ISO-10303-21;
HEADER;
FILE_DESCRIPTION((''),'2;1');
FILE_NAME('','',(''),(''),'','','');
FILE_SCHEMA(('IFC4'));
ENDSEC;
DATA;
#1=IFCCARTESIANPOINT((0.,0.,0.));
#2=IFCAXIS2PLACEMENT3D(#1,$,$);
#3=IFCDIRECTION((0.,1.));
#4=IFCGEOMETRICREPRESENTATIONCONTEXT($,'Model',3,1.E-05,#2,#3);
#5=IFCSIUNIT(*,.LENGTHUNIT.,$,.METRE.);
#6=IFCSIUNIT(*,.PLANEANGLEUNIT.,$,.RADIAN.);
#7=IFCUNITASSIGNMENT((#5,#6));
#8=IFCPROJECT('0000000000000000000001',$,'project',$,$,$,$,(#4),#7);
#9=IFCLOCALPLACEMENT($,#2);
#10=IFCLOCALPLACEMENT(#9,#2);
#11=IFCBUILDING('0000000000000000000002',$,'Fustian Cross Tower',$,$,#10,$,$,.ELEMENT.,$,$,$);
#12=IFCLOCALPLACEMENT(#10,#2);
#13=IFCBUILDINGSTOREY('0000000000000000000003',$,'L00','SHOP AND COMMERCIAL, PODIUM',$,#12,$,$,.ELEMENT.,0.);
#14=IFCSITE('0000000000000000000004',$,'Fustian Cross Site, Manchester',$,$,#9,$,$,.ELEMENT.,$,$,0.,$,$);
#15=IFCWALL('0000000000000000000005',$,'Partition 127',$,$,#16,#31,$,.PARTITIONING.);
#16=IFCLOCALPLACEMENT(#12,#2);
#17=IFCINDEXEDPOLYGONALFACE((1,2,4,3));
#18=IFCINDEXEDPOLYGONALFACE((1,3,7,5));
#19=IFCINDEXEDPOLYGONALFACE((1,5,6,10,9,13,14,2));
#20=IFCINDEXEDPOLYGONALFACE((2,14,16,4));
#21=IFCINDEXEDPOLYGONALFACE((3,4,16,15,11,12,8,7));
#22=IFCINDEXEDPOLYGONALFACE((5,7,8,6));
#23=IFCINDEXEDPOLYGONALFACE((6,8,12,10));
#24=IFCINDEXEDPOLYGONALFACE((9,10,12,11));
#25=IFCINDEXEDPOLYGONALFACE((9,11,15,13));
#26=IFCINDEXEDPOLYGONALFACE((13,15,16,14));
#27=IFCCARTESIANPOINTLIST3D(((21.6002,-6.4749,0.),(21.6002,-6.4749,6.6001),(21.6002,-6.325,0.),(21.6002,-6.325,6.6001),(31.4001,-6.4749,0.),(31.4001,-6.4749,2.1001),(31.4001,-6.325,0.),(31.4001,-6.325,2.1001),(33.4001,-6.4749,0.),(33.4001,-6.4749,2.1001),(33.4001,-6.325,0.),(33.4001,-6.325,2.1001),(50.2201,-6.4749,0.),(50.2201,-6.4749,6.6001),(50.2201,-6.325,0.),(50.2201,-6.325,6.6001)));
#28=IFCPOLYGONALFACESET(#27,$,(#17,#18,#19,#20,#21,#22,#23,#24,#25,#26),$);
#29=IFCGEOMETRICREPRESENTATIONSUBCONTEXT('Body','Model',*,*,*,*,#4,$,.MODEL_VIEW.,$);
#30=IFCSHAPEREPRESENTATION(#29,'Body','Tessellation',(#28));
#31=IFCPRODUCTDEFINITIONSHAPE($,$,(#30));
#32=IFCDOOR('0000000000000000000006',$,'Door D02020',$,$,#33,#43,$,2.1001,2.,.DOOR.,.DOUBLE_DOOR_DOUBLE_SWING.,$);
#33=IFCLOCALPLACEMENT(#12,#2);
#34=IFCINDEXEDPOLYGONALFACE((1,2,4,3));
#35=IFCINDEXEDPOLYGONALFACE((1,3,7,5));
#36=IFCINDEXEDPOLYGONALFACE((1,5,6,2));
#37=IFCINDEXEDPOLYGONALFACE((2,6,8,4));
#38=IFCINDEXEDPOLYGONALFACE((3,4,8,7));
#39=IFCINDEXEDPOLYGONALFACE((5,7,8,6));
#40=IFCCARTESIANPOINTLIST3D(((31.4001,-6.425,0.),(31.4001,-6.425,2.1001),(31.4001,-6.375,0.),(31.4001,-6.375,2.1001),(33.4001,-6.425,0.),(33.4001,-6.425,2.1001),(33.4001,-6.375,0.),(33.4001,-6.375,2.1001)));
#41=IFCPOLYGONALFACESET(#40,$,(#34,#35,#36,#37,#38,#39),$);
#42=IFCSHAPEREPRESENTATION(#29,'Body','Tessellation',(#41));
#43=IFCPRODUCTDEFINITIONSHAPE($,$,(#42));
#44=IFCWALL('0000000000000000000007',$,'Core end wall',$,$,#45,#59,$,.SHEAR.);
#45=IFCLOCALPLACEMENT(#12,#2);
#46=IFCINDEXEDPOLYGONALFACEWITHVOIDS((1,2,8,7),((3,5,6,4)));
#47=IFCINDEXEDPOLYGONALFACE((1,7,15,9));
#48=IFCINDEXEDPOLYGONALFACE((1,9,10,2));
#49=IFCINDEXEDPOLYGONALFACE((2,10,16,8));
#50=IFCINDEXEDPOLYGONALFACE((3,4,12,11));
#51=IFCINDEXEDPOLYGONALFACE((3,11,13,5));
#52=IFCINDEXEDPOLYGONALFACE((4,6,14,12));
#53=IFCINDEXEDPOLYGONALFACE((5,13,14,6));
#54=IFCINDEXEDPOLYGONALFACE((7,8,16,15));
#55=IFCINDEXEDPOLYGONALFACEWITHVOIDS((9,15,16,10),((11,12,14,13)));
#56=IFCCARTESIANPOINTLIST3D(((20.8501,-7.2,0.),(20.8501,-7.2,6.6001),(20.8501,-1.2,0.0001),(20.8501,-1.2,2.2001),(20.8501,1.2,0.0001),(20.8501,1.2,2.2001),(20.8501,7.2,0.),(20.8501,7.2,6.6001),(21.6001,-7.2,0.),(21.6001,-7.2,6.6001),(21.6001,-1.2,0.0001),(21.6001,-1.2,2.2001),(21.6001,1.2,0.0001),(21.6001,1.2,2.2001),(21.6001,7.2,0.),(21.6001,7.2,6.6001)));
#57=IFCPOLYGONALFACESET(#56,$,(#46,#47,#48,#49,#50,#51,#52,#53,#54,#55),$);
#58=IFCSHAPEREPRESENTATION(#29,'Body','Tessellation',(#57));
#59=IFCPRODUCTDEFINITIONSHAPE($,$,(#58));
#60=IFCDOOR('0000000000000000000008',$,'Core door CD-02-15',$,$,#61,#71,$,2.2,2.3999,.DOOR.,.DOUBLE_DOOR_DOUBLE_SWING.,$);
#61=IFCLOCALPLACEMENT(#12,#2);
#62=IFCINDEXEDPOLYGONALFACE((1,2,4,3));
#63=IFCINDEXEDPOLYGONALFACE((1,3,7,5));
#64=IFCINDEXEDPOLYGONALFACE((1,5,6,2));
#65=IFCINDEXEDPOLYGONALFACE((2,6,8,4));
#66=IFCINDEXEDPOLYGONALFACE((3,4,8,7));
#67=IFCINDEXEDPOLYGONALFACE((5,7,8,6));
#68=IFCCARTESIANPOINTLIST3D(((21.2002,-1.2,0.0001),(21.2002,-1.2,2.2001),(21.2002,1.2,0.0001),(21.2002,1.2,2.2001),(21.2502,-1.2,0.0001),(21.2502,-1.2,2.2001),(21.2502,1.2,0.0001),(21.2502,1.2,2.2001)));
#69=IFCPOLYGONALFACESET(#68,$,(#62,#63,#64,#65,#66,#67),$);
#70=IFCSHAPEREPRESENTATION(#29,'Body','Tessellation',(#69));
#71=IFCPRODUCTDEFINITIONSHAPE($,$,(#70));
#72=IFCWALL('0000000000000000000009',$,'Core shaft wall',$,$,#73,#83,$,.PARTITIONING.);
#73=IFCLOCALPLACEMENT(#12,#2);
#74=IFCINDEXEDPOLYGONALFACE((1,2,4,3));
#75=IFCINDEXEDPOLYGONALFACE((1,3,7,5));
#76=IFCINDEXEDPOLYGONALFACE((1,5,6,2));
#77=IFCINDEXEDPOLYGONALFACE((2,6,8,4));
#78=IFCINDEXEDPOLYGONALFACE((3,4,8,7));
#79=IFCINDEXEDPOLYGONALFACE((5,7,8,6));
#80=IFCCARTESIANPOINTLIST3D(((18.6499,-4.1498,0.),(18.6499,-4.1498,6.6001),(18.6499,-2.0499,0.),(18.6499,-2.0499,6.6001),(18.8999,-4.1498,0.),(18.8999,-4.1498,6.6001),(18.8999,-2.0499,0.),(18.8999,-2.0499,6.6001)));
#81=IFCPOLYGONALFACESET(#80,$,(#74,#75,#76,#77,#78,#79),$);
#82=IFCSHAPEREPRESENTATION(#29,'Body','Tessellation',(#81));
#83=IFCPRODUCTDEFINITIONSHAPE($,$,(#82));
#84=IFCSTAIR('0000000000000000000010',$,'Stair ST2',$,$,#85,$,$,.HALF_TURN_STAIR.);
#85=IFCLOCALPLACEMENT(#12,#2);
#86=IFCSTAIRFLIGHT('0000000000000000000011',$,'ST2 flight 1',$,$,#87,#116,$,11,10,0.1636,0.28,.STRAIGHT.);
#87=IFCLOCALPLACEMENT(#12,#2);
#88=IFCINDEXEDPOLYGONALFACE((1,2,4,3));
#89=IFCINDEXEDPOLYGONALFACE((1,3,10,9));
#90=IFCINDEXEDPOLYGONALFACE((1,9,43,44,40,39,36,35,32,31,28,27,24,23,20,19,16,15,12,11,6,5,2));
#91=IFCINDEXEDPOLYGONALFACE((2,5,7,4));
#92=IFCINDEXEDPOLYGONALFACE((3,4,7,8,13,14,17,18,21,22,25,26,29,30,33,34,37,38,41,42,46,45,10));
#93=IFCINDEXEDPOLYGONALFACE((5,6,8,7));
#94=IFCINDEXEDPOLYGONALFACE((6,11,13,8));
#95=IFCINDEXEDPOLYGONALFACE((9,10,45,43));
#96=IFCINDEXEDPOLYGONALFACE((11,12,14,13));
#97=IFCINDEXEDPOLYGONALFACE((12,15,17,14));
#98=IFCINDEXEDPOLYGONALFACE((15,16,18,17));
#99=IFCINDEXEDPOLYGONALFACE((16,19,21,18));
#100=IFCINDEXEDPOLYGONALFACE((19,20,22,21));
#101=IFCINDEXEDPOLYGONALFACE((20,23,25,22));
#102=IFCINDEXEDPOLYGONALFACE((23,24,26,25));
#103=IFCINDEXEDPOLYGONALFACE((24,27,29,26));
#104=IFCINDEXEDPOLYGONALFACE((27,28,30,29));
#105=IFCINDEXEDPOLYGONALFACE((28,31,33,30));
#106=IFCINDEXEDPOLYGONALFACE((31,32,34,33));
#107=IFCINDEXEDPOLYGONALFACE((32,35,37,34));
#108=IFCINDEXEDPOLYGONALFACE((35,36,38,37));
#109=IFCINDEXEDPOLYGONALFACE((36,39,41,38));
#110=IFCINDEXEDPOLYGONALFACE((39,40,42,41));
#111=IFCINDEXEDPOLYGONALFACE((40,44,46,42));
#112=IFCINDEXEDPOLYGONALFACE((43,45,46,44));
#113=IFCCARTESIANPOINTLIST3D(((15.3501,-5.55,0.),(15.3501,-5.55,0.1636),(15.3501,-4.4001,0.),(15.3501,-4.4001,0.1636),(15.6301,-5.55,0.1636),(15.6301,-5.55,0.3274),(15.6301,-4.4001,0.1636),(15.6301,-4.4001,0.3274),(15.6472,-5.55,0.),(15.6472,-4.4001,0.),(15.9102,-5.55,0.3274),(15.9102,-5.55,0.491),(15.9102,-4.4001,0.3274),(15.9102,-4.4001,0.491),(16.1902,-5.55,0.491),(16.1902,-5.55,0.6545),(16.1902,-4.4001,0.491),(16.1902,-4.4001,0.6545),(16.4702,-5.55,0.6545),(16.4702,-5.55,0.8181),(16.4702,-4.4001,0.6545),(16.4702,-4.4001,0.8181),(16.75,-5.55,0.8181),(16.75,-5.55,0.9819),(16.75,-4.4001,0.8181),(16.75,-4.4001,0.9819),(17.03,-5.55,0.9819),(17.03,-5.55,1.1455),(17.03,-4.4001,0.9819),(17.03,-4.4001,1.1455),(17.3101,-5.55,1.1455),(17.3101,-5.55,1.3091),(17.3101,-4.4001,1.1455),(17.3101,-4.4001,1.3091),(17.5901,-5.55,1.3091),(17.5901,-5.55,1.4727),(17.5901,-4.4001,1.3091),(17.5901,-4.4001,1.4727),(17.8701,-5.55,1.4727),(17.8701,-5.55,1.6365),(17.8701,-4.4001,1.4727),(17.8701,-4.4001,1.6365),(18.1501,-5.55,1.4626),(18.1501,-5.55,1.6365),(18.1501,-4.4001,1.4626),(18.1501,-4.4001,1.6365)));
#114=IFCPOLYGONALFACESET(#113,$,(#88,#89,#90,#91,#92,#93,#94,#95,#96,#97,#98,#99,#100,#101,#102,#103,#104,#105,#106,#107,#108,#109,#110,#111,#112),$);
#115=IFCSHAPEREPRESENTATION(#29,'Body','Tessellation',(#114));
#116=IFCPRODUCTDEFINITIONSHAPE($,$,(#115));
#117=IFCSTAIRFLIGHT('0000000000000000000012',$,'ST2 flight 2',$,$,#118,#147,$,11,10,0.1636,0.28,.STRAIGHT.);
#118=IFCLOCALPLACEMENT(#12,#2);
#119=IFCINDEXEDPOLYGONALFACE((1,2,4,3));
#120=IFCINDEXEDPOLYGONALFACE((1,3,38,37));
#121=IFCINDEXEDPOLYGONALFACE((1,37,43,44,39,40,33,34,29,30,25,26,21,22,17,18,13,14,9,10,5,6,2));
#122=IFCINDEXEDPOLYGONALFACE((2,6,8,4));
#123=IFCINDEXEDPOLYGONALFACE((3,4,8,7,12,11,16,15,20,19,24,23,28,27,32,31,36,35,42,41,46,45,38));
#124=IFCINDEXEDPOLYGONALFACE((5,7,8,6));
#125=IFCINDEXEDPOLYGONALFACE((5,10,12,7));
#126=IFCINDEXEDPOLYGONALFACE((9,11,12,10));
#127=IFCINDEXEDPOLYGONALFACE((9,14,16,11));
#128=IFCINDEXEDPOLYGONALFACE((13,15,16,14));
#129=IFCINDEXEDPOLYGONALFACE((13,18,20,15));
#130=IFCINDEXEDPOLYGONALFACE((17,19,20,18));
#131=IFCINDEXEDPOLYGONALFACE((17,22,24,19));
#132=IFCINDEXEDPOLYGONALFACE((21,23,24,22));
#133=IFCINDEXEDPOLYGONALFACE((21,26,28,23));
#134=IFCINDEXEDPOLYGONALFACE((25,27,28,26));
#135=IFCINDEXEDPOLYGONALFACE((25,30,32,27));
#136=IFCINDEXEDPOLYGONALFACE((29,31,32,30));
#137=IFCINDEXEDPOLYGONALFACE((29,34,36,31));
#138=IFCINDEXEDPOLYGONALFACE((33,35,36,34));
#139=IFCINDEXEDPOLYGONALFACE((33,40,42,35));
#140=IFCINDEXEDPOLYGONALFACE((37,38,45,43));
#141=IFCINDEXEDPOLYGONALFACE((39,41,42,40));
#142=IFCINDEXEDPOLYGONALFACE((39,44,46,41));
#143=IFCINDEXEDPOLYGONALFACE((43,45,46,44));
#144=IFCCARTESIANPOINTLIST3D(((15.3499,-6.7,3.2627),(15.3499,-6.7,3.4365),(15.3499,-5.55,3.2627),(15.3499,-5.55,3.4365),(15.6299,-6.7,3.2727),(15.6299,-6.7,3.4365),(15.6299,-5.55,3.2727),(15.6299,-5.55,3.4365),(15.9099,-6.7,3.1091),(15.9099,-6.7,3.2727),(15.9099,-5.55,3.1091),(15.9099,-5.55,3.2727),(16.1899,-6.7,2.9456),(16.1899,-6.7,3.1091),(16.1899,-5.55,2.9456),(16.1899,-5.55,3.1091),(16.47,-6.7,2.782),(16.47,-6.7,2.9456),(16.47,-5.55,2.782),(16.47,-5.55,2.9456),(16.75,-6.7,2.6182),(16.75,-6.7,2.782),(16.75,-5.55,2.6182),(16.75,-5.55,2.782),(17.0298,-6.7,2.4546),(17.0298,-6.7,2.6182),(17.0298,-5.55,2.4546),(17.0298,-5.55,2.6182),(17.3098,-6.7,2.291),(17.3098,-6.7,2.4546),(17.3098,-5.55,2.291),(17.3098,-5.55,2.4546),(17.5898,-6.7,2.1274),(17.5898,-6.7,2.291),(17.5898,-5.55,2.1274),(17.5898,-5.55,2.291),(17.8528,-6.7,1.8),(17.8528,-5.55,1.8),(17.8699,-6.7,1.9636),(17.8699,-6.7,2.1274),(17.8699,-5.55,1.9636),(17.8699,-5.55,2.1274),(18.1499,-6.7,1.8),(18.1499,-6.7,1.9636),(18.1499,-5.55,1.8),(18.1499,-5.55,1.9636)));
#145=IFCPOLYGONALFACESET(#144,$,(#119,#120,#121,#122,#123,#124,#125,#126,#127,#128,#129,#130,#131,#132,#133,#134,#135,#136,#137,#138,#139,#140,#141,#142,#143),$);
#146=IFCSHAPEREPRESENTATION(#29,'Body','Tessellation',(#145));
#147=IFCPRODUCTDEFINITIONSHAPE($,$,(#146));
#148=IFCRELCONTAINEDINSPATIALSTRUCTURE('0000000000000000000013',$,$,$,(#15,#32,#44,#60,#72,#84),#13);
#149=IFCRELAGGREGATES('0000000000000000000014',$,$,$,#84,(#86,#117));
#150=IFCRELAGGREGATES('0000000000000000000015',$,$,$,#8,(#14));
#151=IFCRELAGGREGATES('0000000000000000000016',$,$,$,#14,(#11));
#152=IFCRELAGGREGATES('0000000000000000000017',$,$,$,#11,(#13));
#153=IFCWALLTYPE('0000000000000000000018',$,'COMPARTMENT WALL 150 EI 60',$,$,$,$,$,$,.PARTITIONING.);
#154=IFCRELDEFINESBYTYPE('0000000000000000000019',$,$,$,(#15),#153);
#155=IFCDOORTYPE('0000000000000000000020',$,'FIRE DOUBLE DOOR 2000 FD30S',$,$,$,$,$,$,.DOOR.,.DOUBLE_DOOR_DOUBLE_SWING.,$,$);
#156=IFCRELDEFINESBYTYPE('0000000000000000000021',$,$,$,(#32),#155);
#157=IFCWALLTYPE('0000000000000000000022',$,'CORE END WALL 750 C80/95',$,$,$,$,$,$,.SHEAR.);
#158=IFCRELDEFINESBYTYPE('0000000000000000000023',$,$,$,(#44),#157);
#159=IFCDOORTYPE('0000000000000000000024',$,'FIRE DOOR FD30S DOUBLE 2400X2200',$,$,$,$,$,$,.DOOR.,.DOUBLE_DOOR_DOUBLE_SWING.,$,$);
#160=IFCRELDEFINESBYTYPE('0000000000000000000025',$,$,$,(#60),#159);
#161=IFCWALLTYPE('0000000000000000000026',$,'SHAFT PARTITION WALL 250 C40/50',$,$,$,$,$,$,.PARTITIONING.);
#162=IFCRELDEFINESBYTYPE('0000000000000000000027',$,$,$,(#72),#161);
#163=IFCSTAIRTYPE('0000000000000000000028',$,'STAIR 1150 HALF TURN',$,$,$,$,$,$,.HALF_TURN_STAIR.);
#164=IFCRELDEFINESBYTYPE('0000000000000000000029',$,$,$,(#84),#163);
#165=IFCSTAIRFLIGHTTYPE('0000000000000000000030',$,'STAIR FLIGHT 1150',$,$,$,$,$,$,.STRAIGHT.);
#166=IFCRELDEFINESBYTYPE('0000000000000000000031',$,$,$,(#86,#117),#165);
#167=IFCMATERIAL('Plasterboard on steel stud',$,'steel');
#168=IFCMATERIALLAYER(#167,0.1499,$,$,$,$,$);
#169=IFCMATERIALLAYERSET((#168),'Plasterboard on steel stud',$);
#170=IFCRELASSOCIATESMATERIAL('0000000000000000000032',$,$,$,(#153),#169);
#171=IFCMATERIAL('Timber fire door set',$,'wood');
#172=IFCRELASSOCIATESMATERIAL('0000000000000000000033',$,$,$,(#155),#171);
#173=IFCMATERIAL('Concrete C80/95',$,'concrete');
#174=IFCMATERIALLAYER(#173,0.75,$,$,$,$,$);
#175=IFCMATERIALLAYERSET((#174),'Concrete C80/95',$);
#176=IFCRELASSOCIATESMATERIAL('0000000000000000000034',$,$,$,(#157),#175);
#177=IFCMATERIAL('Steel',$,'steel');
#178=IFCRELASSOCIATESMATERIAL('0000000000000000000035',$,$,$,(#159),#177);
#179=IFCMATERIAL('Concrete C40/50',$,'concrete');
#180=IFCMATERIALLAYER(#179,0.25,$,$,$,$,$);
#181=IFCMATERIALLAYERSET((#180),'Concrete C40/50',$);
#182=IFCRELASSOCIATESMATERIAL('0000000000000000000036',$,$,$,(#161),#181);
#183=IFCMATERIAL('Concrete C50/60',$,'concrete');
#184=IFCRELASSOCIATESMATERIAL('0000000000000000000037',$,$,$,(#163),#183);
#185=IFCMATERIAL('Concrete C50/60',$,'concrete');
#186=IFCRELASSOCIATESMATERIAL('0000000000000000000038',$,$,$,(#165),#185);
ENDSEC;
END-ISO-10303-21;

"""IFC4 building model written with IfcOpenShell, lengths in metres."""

from ifc_helpers import new_model, si_unit, direction, frame, frame_2d, origin, place, context, subcontext, project, spatial, polyline, rectangle, outline, extrude, material, layer, layer_set, type_object, element, fill, aggregate, save


model = new_model("IFC4")

# Units and contexts
model_context = context("Model", 3, precision=1e-05, world=origin(), true_north=direction((0.0, 1.0)))
body_context = subcontext(model_context, "Body", "Model", "MODEL_VIEW")
ifc_project = project(units=[si_unit("LENGTHUNIT", "METRE"), si_unit("PLANEANGLEUNIT", "RADIAN")], contexts=[model_context])

# Site, building, storey
site_placement = place(None, origin())
site = spatial("IfcSite", under=ifc_project, at=site_placement, Name="Fustian Cross Site, Manchester", CompositionType="ELEMENT", RefElevation=0.0)
building_placement = place(site_placement, origin())
building = spatial("IfcBuilding", under=site, at=building_placement, Name="Fustian Cross Tower", CompositionType="ELEMENT")
storey_placement = place(building_placement, origin())
storey = spatial("IfcBuildingStorey", under=building, at=storey_placement, Name="L00", Description="SHOP AND COMMERCIAL, PODIUM", CompositionType="ELEMENT", Elevation=0.0)

# Walls, openings, doors
ifc_material_1 = material(Name="Plasterboard on steel stud", Category="steel")
ifc_layer_1 = layer(ifc_material_1, 0.1499)
ifc_layer_set_1 = layer_set([ifc_layer_1], Name="Plasterboard on steel stud")
wall_type_1 = type_object("IfcWallType", Name="COMPARTMENT WALL 150 EI 60", PredefinedType="PARTITIONING", material=ifc_layer_set_1)
wall_1_placement = place(storey_placement, frame((21.6001, -6.3999, 0.0), z_axis=(0.0, 0.0, 1.0), x_axis=(1.0, 0.0, 0.0)))
wall_1 = element("IfcWall", 1, at=wall_1_placement, inside=storey, type_object=wall_type_1, Name="Partition 127", PredefinedType="PARTITIONING", context=body_context, shape_type="SweptSolid", body=[
    extrude(rectangle(XDim=28.6199, YDim=0.1499, at=frame_2d((14.3101, 0.0))), origin(), (0.0, 0.0, 1.0), 6.6001),
])
opening_1_placement = place(wall_1_placement, frame((9.8, 0.0, 0.0)))
opening_1 = element("IfcOpeningElement", 2, at=opening_1_placement, cuts=wall_1, PredefinedType="OPENING", context=body_context, shape_type="SweptSolid", body=[
    extrude(rectangle(XDim=2.0, YDim=2.1001, at=frame_2d((1.0, 1.05))), frame((0.0, 0.085, 0.0), z_axis=(0.0, -1.0, 0.0), x_axis=(1.0, 0.0, 0.0)), (0.0, 0.0, 1.0), 0.1699),
])
ifc_material_2 = material(Name="Timber fire door set", Category="wood")
door_type_1 = type_object("IfcDoorType", Name="FIRE DOUBLE DOOR 2000 FD30S", OperationType="DOUBLE_DOOR_DOUBLE_SWING", PredefinedType="DOOR", material=ifc_material_2)
door_1_placement = place(opening_1_placement, origin())
door_1 = element("IfcDoor", 3, at=door_1_placement, inside=storey, type_object=door_type_1, Name="Door D02020", OperationType="DOUBLE_DOOR_DOUBLE_SWING", OverallHeight=2.1001, OverallWidth=2.0, PredefinedType="DOOR", context=body_context, shape_type="SweptSolid", body=[
    extrude(rectangle(XDim=2.0, YDim=2.1001, at=frame_2d((1.0, 1.05))), frame((0.0, 0.0249, 0.0), z_axis=(0.0, -1.0, 0.0), x_axis=(1.0, 0.0, 0.0)), (0.0, 0.0, 1.0), 0.05),
])
fill(opening_1, door_1)
ifc_material_3 = material(Name="Concrete C80/95", Category="concrete")
ifc_layer_2 = layer(ifc_material_3, 0.75)
ifc_layer_set_2 = layer_set([ifc_layer_2], Name="Concrete C80/95")
wall_type_2 = type_object("IfcWallType", Name="CORE END WALL 750 C80/95", PredefinedType="SHEAR", material=ifc_layer_set_2)
wall_2_placement = place(storey_placement, frame((21.2251, -7.2, 0.0), z_axis=(0.0, 0.0, 1.0), x_axis=(0.0, 1.0, 0.0)))
wall_2 = element("IfcWall", 4, at=wall_2_placement, inside=storey, type_object=wall_type_2, Name="Core end wall", PredefinedType="SHEAR", context=body_context, shape_type="SweptSolid", body=[
    extrude(rectangle(XDim=14.3999, YDim=0.75, at=frame_2d((7.2, 0.0))), origin(), (0.0, 0.0, 1.0), 6.6001),
])
opening_2_placement = place(wall_2_placement, frame((6.0, 0.0, 0.0)))
opening_2 = element("IfcOpeningElement", 5, at=opening_2_placement, cuts=wall_2, PredefinedType="OPENING", context=body_context, shape_type="SweptSolid", body=[
    extrude(rectangle(XDim=2.3999, YDim=2.2, at=frame_2d((1.2, 1.1001))), frame((0.0, 0.385, 0.0), z_axis=(0.0, -1.0, 0.0), x_axis=(1.0, 0.0, 0.0)), (0.0, 0.0, 1.0), 0.77),
])
ifc_material_4 = material(Name="Steel", Category="steel")
door_type_2 = type_object("IfcDoorType", Name="FIRE DOOR FD30S DOUBLE 2400X2200", OperationType="DOUBLE_DOOR_DOUBLE_SWING", PredefinedType="DOOR", material=ifc_material_4)
door_2_placement = place(opening_2_placement, origin())
door_2 = element("IfcDoor", 6, at=door_2_placement, inside=storey, type_object=door_type_2, Name="Core door CD-02-15", OperationType="DOUBLE_DOOR_DOUBLE_SWING", OverallHeight=2.2, OverallWidth=2.3999, PredefinedType="DOOR", context=body_context, shape_type="SweptSolid", body=[
    extrude(rectangle(XDim=2.3999, YDim=2.2, at=frame_2d((1.2, 1.1001))), frame((0.0, 0.0249, 0.0), z_axis=(0.0, -1.0, 0.0), x_axis=(1.0, 0.0, 0.0)), (0.0, 0.0, 1.0), 0.05),
])
fill(opening_2, door_2)

# Wall
ifc_material_5 = material(Name="Concrete C40/50", Category="concrete")
ifc_layer_3 = layer(ifc_material_5, 0.25)
ifc_layer_set_3 = layer_set([ifc_layer_3], Name="Concrete C40/50")
wall_type_3 = type_object("IfcWallType", Name="SHAFT PARTITION WALL 250 C40/50", PredefinedType="PARTITIONING", material=ifc_layer_set_3)
wall_3_placement = place(storey_placement, frame((18.7749, -2.05, 0.0), z_axis=(0.0, 0.0, 1.0), x_axis=(0.0, -1.0, 0.0)))
element("IfcWall", 7, at=wall_3_placement, inside=storey, type_object=wall_type_3, Name="Core shaft wall", PredefinedType="PARTITIONING", context=body_context, shape_type="SweptSolid", body=[
    extrude(rectangle(XDim=2.0999, YDim=0.25, at=frame_2d((1.0498, 0.0))), origin(), (0.0, 0.0, 1.0), 6.6001),
])

# Stair, stair flights
ifc_material_6 = material(Name="Concrete C50/60", Category="concrete")
stair_type = type_object("IfcStairType", Name="STAIR 1150 HALF TURN", PredefinedType="HALF_TURN_STAIR", material=ifc_material_6)
stair_placement = place(storey_placement, origin())
stair = element("IfcStair", 8, at=stair_placement, inside=storey, type_object=stair_type, Name="Stair ST2", PredefinedType="HALF_TURN_STAIR")
ifc_material_7 = material(Name="Concrete C50/60", Category="concrete")
stair_flight_type = type_object("IfcStairFlightType", Name="STAIR FLIGHT 1150", PredefinedType="STRAIGHT", material=ifc_material_7)
stair_flight_1_placement = place(storey_placement, frame((15.3501, -4.9751, 0.0), z_axis=(0.0, 0.0, 1.0), x_axis=(1.0, 0.0, 0.0)))
stair_flight_1 = element("IfcStairFlight", 9, at=stair_flight_1_placement, type_object=stair_flight_type, Name="ST2 flight 1", NumberOfRisers=11, NumberOfTreads=10, PredefinedType="STRAIGHT", RiserHeight=0.1636, TreadLength=0.28, context=body_context, shape_type="SweptSolid", body=[
    extrude(outline(polyline([(0.0, 0.0), (0.0, 0.1636), (0.28, 0.1636), (0.28, 0.3274), (0.5601, 0.3274), (0.5601, 0.491), (0.8401, 0.491), (0.8401, 0.6545), (1.1201, 0.6545), (1.1201, 0.8181), (1.3999, 0.8181), (1.3999, 0.9819), (1.6799, 0.9819), (1.6799, 1.1455), (1.96, 1.1455), (1.96, 1.3091), (2.24, 1.3091), (2.24, 1.4727), (2.52, 1.4727), (2.52, 1.6365), (2.8, 1.6365), (2.8, 1.8), (2.8, 1.4626), (0.2971, 0.0), (0.0, 0.0)])), frame((0.0, 0.575, 0.0), z_axis=(0.0, -1.0, 0.0), x_axis=(1.0, 0.0, 0.0)), (0.0, 0.0, 1.0), 1.1499),
])
stair_flight_2_placement = place(storey_placement, frame((18.1499, -6.125, 1.8), z_axis=(0.0, 0.0, 1.0), x_axis=(-1.0, 0.0, 0.0)))
stair_flight_2 = element("IfcStairFlight", 10, at=stair_flight_2_placement, type_object=stair_flight_type, Name="ST2 flight 2", NumberOfRisers=11, NumberOfTreads=10, PredefinedType="STRAIGHT", RiserHeight=0.1636, TreadLength=0.28, context=body_context, shape_type="SweptSolid", body=[
    extrude(outline(polyline([(0.0, 0.0), (0.0, 0.1636), (0.28, 0.1636), (0.28, 0.3274), (0.5601, 0.3274), (0.5601, 0.491), (0.8401, 0.491), (0.8401, 0.6545), (1.1201, 0.6545), (1.1201, 0.8181), (1.3999, 0.8181), (1.3999, 0.9819), (1.6799, 0.9819), (1.6799, 1.1455), (1.96, 1.1455), (1.96, 1.3091), (2.24, 1.3091), (2.24, 1.4727), (2.52, 1.4727), (2.52, 1.6365), (2.8, 1.6365), (2.8, 1.8), (2.8, 1.4626), (0.2971, 0.0), (0.0, 0.0)])), frame((0.0, 0.575, 0.0), z_axis=(0.0, -1.0, 0.0), x_axis=(1.0, 0.0, 0.0)), (0.0, 0.0, 1.0), 1.1499),
])
aggregate(stair, [stair_flight_1, stair_flight_2])

save(model, "model.ifc")
